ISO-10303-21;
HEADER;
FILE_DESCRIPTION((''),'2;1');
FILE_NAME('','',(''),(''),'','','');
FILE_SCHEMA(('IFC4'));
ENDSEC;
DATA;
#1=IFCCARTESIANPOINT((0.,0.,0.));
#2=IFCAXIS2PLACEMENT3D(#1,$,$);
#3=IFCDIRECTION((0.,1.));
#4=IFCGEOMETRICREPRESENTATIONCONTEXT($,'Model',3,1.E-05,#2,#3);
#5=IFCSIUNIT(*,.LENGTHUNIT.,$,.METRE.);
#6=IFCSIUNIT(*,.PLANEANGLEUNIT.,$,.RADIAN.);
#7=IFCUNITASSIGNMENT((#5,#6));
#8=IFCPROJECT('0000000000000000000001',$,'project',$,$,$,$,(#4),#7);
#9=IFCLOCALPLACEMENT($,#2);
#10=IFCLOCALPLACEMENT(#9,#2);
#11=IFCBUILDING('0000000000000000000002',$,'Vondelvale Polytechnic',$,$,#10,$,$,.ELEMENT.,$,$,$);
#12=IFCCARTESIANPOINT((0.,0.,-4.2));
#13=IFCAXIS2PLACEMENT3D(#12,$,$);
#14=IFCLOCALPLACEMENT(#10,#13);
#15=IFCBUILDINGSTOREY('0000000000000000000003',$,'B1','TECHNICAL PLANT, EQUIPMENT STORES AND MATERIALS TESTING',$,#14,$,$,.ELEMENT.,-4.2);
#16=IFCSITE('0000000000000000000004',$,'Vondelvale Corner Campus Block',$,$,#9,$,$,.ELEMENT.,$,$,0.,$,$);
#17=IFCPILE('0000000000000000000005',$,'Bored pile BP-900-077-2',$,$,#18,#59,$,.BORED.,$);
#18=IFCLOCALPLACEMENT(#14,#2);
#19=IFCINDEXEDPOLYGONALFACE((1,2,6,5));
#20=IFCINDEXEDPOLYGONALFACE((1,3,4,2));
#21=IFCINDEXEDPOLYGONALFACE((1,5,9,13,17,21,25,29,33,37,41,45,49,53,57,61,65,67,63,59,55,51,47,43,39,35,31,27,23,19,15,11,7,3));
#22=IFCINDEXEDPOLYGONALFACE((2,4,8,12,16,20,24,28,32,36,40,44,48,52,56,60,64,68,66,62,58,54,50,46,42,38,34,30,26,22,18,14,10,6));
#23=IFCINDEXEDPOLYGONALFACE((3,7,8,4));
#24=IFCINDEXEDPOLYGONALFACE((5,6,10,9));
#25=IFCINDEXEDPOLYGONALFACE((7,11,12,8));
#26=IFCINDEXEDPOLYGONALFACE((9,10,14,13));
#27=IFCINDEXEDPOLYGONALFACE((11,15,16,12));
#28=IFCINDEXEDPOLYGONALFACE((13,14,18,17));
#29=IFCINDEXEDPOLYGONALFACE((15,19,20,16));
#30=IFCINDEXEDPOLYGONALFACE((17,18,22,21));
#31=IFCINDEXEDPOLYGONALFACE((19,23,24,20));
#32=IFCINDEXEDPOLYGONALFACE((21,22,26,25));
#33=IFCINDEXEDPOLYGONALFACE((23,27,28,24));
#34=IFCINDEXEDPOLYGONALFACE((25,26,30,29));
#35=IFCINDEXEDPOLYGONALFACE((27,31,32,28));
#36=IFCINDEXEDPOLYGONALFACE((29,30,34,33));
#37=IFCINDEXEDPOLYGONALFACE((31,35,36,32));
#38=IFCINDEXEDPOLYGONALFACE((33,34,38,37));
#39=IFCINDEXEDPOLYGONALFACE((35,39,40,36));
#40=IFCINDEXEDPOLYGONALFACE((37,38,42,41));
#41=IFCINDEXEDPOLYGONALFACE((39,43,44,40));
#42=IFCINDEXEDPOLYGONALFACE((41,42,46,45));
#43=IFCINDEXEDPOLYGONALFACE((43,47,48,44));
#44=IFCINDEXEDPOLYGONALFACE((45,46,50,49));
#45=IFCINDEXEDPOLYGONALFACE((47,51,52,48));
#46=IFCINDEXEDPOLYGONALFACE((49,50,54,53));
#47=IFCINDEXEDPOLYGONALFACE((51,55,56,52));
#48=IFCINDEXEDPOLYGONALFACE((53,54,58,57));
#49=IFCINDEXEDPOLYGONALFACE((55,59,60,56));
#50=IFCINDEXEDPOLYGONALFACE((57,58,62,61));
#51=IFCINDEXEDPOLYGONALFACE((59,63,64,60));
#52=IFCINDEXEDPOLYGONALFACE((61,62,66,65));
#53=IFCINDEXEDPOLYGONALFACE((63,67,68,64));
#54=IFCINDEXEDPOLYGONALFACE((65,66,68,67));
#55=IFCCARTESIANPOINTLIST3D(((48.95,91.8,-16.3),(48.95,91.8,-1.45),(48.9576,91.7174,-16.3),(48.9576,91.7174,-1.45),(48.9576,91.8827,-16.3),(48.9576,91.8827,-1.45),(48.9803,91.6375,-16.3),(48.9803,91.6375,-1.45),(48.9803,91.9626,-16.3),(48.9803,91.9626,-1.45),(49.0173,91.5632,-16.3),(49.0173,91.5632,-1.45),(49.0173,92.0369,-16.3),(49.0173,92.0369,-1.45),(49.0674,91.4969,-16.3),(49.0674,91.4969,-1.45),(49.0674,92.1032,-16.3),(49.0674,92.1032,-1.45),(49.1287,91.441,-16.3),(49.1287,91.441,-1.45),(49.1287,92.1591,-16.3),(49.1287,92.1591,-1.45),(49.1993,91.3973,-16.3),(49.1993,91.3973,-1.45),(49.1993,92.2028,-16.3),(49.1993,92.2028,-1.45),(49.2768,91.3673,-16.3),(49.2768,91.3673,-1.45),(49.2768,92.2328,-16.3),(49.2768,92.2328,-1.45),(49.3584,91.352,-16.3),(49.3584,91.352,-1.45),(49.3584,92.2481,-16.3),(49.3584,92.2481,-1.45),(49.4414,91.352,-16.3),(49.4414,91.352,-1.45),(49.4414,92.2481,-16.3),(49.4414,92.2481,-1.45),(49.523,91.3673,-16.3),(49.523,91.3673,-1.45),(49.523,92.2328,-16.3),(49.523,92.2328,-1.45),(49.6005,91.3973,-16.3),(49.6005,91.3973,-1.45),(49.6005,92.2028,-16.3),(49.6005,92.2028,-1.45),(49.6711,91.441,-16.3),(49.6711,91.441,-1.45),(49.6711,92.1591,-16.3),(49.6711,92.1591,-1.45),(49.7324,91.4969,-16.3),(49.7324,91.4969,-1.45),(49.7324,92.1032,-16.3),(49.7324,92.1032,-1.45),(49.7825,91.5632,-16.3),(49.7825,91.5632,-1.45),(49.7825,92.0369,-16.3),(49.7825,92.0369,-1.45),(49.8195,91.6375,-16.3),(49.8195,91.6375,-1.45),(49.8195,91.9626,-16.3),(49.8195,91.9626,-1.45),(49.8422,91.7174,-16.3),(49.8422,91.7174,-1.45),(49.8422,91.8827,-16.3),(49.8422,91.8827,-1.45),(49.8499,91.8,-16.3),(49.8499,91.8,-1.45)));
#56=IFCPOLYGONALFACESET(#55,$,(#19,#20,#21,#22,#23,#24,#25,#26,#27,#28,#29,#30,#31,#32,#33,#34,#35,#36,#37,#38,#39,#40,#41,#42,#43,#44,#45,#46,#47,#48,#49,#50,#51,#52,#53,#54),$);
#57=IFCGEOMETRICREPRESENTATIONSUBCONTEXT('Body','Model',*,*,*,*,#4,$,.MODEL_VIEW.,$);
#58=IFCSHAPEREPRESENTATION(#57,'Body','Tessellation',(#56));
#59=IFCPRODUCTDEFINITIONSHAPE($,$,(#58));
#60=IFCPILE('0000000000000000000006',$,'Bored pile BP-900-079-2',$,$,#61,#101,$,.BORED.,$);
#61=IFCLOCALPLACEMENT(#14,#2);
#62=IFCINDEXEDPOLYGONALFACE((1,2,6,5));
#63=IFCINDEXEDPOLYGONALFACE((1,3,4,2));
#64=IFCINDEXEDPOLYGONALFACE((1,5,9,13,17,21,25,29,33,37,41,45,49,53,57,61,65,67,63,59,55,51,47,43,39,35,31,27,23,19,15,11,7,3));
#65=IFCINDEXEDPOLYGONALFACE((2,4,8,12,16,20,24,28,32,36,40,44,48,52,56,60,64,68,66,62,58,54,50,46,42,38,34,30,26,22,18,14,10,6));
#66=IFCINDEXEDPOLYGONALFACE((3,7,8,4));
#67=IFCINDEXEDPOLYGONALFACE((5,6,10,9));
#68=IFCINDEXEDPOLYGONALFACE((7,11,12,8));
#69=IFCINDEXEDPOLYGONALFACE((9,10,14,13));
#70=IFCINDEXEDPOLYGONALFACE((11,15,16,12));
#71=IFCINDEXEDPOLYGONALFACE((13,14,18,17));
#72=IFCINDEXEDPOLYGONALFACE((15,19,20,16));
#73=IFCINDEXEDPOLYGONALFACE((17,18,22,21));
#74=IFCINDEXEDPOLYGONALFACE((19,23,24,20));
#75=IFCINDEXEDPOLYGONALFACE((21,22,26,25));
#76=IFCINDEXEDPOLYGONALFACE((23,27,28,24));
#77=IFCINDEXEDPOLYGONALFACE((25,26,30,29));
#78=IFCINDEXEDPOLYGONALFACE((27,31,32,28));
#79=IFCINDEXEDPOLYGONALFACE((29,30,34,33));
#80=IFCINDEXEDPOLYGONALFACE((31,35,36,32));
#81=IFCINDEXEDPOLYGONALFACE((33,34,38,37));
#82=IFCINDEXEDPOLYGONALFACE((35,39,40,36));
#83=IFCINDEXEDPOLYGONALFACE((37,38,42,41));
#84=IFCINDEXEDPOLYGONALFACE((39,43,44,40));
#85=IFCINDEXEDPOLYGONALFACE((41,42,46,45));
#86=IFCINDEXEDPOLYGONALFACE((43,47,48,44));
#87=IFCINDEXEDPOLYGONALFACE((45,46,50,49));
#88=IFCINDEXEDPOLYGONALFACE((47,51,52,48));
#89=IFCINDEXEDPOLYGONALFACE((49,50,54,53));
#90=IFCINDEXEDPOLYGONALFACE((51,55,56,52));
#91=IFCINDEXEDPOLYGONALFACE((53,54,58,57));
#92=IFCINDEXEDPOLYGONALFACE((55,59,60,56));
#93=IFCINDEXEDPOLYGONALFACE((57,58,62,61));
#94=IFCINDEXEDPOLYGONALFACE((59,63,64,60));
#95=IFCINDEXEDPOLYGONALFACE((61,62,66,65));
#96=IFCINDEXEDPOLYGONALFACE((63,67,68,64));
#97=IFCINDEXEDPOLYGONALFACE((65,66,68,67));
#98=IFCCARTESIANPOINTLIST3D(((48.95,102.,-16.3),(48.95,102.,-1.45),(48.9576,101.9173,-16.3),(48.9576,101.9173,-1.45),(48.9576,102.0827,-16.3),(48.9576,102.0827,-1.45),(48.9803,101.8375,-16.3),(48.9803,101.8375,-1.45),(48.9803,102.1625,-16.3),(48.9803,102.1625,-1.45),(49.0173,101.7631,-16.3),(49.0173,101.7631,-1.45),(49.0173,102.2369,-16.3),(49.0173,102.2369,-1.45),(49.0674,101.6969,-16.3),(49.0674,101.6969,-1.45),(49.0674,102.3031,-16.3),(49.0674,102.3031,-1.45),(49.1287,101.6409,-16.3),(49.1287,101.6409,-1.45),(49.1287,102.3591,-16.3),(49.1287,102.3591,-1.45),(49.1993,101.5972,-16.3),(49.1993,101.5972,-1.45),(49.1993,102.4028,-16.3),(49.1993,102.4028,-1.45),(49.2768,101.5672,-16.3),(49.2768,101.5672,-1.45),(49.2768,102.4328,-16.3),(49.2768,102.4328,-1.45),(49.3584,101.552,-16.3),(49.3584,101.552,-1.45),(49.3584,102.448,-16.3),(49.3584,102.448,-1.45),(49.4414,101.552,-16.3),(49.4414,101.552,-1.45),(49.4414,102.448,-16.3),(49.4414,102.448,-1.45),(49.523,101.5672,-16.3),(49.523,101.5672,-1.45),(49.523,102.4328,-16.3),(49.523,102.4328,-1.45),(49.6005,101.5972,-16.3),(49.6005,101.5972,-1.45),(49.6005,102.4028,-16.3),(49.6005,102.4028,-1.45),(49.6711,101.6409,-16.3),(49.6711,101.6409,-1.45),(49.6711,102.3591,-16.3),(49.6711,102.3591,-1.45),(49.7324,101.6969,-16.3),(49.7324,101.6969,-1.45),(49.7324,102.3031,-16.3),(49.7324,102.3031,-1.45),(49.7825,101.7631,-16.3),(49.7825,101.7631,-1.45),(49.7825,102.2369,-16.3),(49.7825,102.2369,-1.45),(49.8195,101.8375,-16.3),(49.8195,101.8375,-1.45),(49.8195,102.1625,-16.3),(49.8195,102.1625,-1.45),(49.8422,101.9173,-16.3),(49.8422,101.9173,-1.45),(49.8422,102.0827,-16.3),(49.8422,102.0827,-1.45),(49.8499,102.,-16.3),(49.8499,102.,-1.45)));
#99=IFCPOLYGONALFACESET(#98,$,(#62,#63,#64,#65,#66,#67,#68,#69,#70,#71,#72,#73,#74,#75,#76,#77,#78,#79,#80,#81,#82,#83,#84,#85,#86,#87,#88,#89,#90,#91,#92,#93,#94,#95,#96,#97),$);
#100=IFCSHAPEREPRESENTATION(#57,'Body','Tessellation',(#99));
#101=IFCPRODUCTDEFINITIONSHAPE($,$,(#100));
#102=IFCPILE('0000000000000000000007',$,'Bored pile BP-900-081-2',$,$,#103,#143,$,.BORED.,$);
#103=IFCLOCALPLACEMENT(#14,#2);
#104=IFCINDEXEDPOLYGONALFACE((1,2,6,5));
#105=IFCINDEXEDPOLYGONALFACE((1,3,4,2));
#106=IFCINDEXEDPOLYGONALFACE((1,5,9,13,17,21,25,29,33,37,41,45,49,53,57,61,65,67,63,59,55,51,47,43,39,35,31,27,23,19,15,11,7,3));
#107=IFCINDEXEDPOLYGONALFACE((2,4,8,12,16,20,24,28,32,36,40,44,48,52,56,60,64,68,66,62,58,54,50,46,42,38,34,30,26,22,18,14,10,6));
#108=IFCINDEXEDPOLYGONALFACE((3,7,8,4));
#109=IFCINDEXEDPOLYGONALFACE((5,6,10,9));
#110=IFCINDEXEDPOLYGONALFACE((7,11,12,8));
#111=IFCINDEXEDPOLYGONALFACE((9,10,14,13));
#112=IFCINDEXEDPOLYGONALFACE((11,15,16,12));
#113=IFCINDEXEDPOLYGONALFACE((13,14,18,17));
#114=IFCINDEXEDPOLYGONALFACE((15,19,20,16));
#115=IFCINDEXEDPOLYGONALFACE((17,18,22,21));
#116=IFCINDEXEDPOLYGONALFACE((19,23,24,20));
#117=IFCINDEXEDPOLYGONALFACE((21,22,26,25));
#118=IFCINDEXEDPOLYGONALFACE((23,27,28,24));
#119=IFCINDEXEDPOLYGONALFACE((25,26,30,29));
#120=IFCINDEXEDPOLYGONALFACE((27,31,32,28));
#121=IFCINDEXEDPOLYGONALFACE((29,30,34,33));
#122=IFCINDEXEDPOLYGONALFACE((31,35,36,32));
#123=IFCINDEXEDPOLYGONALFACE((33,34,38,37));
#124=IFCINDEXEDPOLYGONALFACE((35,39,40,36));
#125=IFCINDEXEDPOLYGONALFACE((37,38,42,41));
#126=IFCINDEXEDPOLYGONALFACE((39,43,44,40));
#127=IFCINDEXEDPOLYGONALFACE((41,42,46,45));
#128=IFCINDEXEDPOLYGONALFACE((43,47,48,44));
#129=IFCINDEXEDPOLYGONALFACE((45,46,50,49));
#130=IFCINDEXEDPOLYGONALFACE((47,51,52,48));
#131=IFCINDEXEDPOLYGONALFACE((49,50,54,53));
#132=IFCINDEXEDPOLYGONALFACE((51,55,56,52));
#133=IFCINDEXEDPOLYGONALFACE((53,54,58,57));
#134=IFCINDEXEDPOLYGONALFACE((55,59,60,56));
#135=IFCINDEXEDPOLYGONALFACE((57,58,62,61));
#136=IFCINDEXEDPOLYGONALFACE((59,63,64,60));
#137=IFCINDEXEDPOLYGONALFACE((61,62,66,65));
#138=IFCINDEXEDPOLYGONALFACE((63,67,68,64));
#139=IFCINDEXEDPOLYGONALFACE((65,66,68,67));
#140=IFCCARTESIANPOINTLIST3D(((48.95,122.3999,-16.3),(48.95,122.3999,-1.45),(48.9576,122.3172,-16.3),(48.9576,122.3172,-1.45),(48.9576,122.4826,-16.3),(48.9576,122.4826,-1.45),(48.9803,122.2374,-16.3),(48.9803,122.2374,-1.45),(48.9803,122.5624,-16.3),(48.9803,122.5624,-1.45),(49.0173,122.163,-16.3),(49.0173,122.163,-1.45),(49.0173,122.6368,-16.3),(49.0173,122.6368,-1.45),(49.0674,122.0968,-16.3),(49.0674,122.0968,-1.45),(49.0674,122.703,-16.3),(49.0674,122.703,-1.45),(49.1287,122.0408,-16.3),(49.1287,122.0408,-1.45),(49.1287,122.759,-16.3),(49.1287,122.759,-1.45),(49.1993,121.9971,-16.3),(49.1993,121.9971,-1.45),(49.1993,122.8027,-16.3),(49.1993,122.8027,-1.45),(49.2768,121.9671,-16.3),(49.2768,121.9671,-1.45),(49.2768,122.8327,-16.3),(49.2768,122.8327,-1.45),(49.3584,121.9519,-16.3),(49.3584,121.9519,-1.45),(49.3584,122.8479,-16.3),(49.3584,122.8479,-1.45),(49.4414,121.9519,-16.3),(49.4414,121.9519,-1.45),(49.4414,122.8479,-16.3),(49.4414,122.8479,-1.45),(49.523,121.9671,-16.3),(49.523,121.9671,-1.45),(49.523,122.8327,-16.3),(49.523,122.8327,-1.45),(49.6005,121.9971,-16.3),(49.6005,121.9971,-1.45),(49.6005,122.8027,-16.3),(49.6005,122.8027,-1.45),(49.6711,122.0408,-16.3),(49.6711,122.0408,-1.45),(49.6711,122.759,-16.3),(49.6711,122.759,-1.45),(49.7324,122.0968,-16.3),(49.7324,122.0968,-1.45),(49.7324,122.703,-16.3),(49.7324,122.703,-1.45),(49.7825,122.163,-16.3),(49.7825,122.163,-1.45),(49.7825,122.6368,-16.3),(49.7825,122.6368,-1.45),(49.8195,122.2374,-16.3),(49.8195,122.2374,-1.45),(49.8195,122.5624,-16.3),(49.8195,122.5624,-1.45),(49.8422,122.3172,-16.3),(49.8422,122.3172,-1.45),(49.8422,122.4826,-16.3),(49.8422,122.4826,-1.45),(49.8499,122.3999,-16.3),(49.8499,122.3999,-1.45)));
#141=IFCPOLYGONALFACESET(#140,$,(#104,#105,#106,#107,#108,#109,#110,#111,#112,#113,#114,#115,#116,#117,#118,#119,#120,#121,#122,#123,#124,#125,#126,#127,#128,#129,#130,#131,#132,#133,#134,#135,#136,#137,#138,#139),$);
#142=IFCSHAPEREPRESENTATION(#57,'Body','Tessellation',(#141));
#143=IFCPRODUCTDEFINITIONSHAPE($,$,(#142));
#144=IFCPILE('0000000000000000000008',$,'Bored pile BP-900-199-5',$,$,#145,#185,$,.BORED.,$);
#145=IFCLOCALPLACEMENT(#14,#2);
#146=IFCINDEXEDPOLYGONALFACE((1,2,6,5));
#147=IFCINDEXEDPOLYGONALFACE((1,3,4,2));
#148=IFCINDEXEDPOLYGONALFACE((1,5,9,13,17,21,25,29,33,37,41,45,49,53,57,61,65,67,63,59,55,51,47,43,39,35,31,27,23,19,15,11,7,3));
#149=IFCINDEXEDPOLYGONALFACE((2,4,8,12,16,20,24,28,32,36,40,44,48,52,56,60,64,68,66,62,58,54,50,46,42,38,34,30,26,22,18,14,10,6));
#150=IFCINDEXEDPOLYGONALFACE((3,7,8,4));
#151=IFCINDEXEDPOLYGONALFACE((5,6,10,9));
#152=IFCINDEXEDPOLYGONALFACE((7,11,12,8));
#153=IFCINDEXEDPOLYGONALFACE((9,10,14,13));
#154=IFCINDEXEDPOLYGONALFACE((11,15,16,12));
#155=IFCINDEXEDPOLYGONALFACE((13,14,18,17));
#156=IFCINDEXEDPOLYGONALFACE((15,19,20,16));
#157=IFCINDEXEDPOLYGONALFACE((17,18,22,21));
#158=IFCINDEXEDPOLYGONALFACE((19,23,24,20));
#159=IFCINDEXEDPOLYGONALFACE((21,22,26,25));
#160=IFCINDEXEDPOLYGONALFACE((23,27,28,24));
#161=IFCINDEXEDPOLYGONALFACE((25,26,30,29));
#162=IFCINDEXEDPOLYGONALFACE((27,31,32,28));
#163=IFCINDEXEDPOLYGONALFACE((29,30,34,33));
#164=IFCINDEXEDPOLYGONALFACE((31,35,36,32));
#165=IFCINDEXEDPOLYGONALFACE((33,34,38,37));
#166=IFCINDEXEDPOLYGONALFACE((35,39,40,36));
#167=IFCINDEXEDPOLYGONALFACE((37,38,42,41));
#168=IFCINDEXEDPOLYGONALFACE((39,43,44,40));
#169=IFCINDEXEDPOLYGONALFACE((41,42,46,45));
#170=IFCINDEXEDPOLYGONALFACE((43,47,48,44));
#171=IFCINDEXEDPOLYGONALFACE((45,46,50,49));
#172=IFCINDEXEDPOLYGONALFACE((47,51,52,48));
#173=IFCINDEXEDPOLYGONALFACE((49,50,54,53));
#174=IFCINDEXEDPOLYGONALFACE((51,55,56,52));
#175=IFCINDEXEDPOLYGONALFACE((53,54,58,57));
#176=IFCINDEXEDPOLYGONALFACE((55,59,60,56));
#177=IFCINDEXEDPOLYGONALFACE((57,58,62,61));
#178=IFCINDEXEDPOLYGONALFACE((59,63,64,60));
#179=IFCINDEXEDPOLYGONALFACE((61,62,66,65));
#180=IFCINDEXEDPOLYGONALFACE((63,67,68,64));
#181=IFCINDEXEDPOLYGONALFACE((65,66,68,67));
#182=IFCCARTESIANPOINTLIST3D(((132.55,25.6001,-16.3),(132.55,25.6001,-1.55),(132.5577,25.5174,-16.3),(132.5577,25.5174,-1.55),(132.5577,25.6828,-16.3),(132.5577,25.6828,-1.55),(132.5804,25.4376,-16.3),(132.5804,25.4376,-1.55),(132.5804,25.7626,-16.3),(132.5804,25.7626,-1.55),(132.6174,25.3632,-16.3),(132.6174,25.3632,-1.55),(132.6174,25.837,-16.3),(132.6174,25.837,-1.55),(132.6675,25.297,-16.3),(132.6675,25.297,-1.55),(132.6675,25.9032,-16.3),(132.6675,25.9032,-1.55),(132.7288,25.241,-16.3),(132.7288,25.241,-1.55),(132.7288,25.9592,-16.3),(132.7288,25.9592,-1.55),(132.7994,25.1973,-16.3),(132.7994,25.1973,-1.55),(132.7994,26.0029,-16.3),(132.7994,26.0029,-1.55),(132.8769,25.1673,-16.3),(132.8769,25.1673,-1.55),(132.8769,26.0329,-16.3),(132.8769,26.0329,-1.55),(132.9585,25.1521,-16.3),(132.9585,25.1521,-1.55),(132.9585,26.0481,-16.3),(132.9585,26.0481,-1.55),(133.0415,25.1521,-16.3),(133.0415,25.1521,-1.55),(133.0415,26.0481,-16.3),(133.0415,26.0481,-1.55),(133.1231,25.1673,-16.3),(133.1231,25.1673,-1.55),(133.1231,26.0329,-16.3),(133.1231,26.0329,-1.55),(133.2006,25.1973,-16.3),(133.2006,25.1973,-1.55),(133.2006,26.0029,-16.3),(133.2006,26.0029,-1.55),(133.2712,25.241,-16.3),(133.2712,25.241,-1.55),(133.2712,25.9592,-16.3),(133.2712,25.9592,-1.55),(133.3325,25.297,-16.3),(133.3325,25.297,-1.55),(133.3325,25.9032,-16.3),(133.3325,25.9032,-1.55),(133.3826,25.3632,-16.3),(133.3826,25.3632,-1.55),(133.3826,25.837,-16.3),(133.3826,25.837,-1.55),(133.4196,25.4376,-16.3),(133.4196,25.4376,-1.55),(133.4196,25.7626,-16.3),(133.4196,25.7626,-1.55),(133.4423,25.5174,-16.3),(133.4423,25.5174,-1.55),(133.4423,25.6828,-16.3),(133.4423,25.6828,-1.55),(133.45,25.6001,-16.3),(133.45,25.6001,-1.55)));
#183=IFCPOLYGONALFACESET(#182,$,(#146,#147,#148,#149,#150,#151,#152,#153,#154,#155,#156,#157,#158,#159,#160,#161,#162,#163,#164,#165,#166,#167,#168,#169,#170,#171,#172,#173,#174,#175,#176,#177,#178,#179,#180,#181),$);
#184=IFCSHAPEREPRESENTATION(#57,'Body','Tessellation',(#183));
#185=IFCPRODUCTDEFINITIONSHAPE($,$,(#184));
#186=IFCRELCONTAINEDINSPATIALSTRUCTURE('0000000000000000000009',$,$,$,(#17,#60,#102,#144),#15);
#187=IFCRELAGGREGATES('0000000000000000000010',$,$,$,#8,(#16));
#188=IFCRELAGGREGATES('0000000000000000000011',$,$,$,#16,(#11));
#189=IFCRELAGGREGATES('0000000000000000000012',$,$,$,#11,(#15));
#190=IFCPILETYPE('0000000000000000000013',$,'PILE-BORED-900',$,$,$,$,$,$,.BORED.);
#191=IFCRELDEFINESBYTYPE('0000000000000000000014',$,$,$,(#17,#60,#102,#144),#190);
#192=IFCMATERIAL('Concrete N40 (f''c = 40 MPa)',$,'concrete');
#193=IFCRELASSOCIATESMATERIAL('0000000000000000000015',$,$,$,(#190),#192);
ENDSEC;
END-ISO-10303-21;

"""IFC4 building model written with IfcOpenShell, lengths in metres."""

from ifc_helpers import new_model, si_unit, direction, frame, origin, origin_2d, place, context, subcontext, project, spatial, circle, extrude, material, material_profile, profile_set, type_object, element, save


model = new_model("IFC4")

# Units and contexts
model_context = context("Model", 3, precision=1e-05, world=origin(), true_north=direction((0.0, 1.0)))
body_context = subcontext(model_context, "Body", "Model", "MODEL_VIEW")
ifc_project = project(units=[si_unit("LENGTHUNIT", "METRE"), si_unit("PLANEANGLEUNIT", "RADIAN")], contexts=[model_context])

# Site, building, storey
site_placement = place(None, origin())
site = spatial("IfcSite", under=ifc_project, at=site_placement, Name="Vondelvale Corner Campus Block", CompositionType="ELEMENT", RefElevation=0.0)
building_placement = place(site_placement, origin())
building = spatial("IfcBuilding", under=site, at=building_placement, Name="Vondelvale Polytechnic", CompositionType="ELEMENT")
storey_placement = place(building_placement, frame((0.0, 0.0, -4.2)))
storey = spatial("IfcBuildingStorey", under=building, at=storey_placement, Name="B1", Description="TECHNICAL PLANT, EQUIPMENT STORES AND MATERIALS TESTING", CompositionType="ELEMENT", Elevation=-4.2)

# Shared definitions
ifc_material_1 = material(Name="Concrete N40 (f'c = 40 MPa)", Category="concrete")

# Piles
ifc_material_profile_1 = material_profile(ifc_material_1, circle(Radius=0.45, at=origin_2d()), Name="PILE-D900")
ifc_profile_set_1 = profile_set([ifc_material_profile_1], Name="Concrete N40 (f'c = 40 MPa)")
pile_type_1 = type_object("IfcPileType", Name="PILE-BORED-900", PredefinedType="BORED", material=ifc_profile_set_1)
for number, where, z_axis, x_axis, name in (
    (1, (49.3999, 91.8, -1.45), (0.0, 0.0, -1.0), (1.0, 0.0, 0.0), "Bored pile BP-900-077-2"),
    (2, (49.3999, 102.0, -1.45), (0.0, 0.0, -1.0), (1.0, 0.0, 0.0), "Bored pile BP-900-079-2"),
    (3, (49.3999, 122.3999, -1.45), (0.0, 0.0, -1.0), (1.0, 0.0, 0.0), "Bored pile BP-900-081-2"),
):
    element("IfcPile", number, at=place(storey_placement, frame(where, z_axis=z_axis, x_axis=x_axis)), inside=storey, type_object=pile_type_1, Name=name, PredefinedType="BORED", context=body_context, shape_type="SweptSolid", body=[
        extrude(circle(Radius=0.45, at=origin_2d()), origin(), (0.0, 0.0, 1.0), 14.8501),
    ])
for number, where, z_axis, x_axis, name in (
    (4, (133.0, 25.6001, -1.55), (0.0, 0.0, -1.0), (1.0, 0.0, 0.0), "Bored pile BP-900-199-5"),
):
    element("IfcPile", number, at=place(storey_placement, frame(where, z_axis=z_axis, x_axis=x_axis)), inside=storey, type_object=pile_type_1, Name=name, PredefinedType="BORED", context=body_context, shape_type="SweptSolid", body=[
        extrude(circle(Radius=0.45, at=origin_2d()), origin(), (0.0, 0.0, 1.0), 14.75),
    ])

save(model, "model.ifc")
